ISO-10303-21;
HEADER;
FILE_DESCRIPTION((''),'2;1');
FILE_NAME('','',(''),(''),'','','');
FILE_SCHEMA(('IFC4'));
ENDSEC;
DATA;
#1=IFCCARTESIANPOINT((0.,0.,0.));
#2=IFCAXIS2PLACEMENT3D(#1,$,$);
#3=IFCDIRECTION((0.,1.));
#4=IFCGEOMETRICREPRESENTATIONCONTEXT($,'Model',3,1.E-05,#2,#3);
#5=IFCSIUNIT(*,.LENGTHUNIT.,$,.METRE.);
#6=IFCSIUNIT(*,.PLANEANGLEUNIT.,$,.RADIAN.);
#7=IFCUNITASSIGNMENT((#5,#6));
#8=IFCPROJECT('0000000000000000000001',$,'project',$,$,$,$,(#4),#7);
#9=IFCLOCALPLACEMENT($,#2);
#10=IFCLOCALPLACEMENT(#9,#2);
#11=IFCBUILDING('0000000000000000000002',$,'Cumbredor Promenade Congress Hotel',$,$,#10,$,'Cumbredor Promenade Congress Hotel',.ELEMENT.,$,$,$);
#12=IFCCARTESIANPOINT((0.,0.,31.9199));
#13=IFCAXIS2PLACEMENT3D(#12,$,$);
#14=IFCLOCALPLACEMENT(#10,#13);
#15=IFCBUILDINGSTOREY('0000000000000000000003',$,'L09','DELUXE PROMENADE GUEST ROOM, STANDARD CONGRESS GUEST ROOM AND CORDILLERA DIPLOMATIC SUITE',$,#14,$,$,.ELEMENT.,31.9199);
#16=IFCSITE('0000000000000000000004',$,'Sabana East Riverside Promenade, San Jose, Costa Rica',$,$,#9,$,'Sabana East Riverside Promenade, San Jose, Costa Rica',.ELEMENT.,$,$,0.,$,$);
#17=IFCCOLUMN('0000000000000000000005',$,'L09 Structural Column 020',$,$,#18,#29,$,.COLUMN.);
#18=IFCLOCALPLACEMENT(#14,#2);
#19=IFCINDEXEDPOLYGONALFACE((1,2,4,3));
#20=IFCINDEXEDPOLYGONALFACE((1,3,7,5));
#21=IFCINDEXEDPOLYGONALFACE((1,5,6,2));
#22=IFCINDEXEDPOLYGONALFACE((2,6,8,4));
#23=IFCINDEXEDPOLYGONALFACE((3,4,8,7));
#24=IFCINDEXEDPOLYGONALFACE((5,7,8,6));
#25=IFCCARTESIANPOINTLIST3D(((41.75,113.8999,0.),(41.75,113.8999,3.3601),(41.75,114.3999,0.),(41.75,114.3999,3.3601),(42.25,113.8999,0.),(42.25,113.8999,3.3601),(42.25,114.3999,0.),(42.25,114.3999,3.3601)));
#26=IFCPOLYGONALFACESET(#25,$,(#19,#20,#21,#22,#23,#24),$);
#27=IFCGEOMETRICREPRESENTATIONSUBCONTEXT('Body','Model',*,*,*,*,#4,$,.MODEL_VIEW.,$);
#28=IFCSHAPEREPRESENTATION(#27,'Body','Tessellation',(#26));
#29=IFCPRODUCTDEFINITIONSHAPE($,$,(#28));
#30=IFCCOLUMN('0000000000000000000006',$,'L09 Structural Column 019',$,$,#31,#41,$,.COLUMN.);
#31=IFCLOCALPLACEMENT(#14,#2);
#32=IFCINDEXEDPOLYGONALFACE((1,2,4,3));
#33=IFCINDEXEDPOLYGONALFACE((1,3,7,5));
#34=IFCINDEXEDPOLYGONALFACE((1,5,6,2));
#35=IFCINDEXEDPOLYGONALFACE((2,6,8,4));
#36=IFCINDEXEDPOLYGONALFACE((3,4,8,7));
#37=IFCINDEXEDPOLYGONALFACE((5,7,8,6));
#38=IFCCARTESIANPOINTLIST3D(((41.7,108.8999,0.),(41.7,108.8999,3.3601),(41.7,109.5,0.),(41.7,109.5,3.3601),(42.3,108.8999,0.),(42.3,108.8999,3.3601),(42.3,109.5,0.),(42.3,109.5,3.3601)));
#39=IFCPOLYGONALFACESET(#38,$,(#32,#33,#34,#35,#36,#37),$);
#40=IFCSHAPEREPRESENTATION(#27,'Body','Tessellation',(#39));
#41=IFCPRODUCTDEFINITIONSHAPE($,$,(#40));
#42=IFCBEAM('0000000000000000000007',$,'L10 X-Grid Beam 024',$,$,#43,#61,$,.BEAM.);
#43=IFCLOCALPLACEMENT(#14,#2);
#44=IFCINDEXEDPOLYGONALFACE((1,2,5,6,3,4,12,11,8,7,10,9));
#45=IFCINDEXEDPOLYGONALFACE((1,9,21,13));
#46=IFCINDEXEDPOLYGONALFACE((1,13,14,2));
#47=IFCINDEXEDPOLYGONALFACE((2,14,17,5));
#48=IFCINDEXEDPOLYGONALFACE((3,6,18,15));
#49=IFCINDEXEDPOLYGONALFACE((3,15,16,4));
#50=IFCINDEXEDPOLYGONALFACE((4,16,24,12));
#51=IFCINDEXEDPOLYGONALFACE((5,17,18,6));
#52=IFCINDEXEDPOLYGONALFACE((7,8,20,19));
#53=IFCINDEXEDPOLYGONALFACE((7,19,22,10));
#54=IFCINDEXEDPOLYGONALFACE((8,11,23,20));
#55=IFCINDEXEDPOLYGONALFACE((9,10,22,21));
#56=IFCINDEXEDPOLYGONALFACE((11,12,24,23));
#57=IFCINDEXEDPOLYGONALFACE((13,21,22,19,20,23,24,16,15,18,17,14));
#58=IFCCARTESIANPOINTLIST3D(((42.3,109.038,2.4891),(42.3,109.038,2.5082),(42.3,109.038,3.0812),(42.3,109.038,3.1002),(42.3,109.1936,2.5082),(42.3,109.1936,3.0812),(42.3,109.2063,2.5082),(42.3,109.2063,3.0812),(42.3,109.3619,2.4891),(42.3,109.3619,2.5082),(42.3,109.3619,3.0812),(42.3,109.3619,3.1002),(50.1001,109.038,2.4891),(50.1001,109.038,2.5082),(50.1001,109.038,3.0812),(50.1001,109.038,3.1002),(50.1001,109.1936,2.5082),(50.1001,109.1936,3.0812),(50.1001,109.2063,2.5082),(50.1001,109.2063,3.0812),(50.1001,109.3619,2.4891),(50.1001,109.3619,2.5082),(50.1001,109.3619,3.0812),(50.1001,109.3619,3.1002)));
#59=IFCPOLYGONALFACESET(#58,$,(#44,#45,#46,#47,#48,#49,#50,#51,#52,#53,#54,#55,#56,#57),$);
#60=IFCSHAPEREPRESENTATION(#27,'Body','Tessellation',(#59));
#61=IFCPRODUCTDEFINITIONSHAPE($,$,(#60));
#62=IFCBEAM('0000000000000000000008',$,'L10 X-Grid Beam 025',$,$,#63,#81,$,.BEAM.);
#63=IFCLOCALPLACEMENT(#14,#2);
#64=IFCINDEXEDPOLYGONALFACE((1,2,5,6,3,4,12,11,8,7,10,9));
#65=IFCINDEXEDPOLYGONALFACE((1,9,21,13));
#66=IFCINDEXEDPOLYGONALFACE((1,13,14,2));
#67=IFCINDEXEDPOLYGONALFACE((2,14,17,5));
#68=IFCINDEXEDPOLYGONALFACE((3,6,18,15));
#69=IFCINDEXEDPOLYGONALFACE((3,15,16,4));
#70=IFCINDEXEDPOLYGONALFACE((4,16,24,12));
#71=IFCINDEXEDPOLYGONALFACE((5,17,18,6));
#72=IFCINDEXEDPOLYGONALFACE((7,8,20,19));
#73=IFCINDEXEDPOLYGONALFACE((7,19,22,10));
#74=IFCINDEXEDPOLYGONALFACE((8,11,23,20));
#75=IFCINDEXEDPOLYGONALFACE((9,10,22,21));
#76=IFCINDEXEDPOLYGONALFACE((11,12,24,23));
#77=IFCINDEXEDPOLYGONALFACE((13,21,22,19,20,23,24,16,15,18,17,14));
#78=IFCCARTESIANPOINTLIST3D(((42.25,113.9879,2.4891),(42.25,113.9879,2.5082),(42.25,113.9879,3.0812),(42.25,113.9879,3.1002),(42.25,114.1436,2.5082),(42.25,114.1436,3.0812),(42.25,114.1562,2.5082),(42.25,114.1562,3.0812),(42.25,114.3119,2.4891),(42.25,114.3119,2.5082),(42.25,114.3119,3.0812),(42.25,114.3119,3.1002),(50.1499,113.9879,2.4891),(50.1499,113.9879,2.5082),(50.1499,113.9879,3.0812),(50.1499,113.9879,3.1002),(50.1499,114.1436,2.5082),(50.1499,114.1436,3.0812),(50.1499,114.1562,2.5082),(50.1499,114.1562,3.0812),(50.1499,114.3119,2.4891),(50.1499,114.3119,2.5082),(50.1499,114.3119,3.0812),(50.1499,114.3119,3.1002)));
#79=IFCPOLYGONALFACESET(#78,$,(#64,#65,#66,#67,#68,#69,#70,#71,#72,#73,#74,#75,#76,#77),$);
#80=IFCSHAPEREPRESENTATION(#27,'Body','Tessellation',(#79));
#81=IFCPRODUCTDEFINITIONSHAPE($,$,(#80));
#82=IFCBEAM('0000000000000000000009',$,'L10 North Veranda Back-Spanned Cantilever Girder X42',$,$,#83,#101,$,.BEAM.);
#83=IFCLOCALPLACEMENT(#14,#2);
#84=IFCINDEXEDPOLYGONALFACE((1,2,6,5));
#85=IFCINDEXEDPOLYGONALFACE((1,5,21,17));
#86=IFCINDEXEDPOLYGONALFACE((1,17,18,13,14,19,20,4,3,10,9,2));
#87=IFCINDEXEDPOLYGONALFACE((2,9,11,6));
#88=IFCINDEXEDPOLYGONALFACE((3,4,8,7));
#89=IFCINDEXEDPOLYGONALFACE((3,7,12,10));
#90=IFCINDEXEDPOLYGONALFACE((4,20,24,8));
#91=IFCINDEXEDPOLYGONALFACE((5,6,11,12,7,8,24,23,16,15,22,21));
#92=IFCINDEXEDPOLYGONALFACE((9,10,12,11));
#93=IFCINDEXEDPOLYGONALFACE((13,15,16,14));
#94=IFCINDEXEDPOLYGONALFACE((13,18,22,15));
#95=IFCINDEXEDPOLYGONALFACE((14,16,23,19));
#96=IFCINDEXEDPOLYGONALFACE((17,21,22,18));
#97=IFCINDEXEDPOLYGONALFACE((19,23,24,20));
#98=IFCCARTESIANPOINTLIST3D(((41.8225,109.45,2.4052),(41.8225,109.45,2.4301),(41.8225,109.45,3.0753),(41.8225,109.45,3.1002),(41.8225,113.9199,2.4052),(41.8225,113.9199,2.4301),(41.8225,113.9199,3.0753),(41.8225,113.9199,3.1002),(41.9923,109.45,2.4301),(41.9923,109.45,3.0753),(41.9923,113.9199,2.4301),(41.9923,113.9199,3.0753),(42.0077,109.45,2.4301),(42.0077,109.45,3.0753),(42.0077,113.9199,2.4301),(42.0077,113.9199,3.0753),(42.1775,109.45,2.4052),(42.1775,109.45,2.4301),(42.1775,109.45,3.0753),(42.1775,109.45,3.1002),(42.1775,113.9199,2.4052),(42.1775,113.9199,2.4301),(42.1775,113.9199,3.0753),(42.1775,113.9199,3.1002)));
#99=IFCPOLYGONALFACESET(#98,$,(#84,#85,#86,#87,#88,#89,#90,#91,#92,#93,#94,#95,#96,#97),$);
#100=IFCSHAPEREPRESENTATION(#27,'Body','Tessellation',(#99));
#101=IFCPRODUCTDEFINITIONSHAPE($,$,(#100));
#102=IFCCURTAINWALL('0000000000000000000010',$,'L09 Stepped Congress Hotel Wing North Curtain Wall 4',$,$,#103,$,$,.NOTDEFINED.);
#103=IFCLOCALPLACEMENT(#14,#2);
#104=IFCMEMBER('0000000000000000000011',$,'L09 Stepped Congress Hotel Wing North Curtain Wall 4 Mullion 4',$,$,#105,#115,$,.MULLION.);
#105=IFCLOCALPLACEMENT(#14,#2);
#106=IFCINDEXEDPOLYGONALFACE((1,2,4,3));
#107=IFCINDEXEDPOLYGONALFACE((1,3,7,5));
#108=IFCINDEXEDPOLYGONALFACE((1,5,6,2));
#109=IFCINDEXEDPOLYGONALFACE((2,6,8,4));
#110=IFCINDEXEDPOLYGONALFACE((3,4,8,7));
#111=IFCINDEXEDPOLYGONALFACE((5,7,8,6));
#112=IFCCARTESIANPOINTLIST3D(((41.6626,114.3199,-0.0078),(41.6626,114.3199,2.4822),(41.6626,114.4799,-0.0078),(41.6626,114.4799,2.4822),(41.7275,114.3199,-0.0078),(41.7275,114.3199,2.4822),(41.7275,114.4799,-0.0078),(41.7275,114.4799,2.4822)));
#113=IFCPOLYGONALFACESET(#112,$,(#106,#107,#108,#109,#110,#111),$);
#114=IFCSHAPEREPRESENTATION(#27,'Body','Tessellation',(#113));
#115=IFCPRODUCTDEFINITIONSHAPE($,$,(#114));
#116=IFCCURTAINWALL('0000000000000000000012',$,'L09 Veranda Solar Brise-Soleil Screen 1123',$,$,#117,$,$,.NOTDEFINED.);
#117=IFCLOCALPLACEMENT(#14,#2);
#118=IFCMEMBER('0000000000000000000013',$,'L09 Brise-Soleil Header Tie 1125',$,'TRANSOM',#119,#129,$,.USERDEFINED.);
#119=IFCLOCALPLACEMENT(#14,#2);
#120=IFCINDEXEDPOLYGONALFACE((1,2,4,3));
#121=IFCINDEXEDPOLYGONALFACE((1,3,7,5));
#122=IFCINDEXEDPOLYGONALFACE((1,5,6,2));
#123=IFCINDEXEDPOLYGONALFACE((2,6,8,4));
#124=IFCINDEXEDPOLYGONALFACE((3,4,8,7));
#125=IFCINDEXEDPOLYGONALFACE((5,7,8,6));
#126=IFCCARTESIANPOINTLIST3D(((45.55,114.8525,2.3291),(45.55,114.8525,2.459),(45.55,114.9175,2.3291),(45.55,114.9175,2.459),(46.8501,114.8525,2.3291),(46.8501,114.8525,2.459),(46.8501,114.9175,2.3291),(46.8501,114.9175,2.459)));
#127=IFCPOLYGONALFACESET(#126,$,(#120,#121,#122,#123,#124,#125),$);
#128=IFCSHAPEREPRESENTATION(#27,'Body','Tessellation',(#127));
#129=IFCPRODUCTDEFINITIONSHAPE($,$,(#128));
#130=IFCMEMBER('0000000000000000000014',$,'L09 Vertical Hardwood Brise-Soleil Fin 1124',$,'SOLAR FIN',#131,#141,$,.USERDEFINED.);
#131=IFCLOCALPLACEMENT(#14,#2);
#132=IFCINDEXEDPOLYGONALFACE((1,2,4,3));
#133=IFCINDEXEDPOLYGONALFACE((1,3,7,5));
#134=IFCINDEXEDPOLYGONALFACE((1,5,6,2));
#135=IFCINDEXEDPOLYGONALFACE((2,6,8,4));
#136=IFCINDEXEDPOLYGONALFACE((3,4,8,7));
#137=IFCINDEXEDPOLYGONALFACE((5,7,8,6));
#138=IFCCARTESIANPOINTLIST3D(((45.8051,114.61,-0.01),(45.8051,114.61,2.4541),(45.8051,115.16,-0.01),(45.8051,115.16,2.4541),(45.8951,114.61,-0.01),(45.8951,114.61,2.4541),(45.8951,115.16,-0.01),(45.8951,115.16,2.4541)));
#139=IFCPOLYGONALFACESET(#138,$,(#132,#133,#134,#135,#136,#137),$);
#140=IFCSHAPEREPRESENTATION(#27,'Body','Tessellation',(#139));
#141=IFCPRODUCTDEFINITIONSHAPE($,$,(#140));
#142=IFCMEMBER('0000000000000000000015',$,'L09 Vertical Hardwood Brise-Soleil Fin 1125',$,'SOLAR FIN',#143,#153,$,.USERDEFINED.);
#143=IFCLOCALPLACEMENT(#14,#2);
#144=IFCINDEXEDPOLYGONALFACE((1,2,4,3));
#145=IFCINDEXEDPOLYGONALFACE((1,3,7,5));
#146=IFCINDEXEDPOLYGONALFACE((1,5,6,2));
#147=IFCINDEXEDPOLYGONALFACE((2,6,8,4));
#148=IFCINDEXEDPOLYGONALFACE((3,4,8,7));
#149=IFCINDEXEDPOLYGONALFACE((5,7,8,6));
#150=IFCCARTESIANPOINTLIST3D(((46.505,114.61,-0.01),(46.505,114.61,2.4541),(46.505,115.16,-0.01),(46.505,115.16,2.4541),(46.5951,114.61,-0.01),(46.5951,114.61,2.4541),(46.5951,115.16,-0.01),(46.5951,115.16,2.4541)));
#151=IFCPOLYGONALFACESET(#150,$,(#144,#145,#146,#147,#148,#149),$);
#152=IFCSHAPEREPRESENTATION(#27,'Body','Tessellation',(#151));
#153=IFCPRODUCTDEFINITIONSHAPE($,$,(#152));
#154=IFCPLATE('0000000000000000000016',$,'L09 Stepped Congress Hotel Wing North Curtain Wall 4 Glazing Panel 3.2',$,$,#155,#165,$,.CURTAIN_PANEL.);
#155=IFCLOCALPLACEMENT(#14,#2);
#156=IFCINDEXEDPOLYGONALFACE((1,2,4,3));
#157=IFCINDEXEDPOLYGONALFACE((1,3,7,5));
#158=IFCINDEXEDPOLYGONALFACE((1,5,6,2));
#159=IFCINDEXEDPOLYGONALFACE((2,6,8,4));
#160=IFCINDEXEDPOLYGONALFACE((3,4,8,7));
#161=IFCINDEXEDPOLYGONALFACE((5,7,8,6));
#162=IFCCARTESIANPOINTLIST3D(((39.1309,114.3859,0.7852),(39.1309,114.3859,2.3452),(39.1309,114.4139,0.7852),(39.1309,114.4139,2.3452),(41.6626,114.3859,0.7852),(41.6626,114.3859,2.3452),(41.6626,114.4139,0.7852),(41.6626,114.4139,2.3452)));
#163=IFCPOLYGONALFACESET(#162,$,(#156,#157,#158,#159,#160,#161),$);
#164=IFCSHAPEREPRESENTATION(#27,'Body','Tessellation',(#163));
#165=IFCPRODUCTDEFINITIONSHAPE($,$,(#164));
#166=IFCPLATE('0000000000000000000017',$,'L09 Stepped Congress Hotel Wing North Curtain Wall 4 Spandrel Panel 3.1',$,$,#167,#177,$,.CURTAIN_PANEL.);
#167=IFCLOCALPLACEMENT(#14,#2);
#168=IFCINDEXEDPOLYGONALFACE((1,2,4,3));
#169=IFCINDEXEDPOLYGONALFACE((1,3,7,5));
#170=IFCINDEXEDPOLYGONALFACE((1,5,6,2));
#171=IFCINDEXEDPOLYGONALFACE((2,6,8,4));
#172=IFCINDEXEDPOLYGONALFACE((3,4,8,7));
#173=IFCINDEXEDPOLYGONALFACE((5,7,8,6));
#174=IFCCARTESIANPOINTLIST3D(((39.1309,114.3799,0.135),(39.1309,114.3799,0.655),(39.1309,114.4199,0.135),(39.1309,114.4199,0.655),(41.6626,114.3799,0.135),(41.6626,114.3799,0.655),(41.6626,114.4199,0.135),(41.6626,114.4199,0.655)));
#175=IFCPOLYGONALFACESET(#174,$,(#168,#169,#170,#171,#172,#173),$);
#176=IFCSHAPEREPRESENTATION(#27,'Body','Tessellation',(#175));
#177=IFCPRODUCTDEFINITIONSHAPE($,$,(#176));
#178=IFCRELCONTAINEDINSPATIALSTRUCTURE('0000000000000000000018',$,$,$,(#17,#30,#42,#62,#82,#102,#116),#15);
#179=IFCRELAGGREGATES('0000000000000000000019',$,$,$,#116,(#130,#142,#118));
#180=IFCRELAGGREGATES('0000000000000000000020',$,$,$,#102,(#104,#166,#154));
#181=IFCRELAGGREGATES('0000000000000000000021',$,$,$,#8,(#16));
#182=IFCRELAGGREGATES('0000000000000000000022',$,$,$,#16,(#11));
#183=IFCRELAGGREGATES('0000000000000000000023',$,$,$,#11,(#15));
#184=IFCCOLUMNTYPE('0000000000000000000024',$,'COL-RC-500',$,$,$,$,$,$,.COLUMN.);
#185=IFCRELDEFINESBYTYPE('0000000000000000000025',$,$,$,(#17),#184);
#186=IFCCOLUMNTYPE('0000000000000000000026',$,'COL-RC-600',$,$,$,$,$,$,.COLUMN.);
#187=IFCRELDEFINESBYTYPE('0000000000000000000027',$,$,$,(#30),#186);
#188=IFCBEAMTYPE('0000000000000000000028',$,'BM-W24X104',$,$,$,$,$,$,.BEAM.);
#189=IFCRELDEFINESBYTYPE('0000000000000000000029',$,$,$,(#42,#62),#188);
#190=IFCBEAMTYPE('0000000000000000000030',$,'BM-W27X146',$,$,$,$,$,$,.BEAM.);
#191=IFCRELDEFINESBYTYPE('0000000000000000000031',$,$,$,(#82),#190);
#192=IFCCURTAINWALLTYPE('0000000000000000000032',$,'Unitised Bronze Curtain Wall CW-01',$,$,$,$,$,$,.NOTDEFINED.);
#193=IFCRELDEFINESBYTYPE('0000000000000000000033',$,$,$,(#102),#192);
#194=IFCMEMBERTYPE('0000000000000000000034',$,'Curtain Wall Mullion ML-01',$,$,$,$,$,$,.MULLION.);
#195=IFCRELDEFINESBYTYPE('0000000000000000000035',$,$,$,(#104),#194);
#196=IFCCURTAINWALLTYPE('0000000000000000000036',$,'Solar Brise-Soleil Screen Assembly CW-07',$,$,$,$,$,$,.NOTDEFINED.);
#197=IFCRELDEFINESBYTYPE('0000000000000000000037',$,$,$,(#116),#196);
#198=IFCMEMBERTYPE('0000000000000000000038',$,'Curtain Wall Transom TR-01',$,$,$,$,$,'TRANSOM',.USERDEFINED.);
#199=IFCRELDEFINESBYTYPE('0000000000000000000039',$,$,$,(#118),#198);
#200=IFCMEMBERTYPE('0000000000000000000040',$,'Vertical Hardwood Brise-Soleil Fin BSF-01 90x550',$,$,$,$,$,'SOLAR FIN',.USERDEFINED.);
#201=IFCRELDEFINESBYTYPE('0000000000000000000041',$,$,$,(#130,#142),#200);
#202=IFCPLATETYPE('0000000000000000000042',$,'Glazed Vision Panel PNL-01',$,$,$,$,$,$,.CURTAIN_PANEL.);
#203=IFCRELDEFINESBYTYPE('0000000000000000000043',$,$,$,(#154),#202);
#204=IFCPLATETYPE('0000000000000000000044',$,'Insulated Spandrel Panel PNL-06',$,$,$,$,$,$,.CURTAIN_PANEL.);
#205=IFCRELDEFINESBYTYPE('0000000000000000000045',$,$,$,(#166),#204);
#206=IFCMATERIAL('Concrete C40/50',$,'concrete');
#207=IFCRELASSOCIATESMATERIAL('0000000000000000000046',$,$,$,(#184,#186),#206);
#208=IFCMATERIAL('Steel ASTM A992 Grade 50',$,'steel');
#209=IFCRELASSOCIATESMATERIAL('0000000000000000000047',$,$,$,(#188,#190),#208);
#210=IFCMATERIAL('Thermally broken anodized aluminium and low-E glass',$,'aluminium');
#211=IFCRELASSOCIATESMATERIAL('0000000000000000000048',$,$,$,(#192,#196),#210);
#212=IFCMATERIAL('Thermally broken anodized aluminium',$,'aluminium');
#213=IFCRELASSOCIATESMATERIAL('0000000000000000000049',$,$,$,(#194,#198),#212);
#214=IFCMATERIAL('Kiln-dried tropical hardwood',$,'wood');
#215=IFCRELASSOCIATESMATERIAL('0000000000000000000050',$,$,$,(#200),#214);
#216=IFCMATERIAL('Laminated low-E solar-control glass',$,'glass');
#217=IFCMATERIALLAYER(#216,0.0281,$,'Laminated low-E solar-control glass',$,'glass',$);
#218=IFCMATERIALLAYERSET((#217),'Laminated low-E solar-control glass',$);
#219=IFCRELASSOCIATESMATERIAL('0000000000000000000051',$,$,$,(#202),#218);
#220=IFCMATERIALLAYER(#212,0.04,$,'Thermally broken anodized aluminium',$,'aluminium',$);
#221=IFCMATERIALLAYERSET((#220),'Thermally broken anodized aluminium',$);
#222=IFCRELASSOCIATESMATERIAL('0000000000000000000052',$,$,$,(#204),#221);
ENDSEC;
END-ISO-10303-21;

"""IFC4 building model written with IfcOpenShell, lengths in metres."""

from ifc_helpers import new_model, si_unit, direction, frame, origin, origin_2d, place, context, subcontext, project, spatial, rectangle, i_section, extrude, material, layer, layer_set, material_profile, profile_set, type_object, element, aggregate, save


model = new_model("IFC4")

# Units and contexts
model_context = context("Model", 3, precision=1e-05, world=origin(), true_north=direction((0.0, 1.0)))
body_context = subcontext(model_context, "Body", "Model", "MODEL_VIEW")
ifc_project = project(units=[si_unit("LENGTHUNIT", "METRE"), si_unit("PLANEANGLEUNIT", "RADIAN")], contexts=[model_context])

# Site, building, storey
site_placement = place(None, origin())
site = spatial("IfcSite", under=ifc_project, at=site_placement, Name="Sabana East Riverside Promenade, San Jose, Costa Rica", LongName="Sabana East Riverside Promenade, San Jose, Costa Rica", CompositionType="ELEMENT", RefElevation=0.0)
building_placement = place(site_placement, origin())
building = spatial("IfcBuilding", under=site, at=building_placement, Name="Cumbredor Promenade Congress Hotel", LongName="Cumbredor Promenade Congress Hotel", CompositionType="ELEMENT")
storey_placement = place(building_placement, frame((0.0, 0.0, 31.9199)))
storey = spatial("IfcBuildingStorey", under=building, at=storey_placement, Name="L09", Description="DELUXE PROMENADE GUEST ROOM, STANDARD CONGRESS GUEST ROOM AND CORDILLERA DIPLOMATIC SUITE", CompositionType="ELEMENT", Elevation=31.9199)

# Columns
ifc_material_1 = material(Name="Concrete C40/50", Category="concrete")
ifc_material_profile_1 = material_profile(ifc_material_1, rectangle(XDim=0.5, YDim=0.5, at=origin_2d()), Name="RC 500x500")
ifc_profile_set_1 = profile_set([ifc_material_profile_1], Name="Concrete C40/50")
column_type_1 = type_object("IfcColumnType", Name="COL-RC-500", PredefinedType="COLUMN", material=ifc_profile_set_1)
column_1_placement = place(storey_placement, frame((42.0, 114.1499, 0.0), z_axis=(0.0, 0.0, 1.0), x_axis=(1.0, 0.0, 0.0)))
element("IfcColumn", 1, at=column_1_placement, inside=storey, type_object=column_type_1, Name="L09 Structural Column 020", PredefinedType="COLUMN", context=body_context, shape_type="SweptSolid", body=[
    extrude(rectangle(XDim=0.5, YDim=0.5, at=origin_2d()), origin(), (0.0, 0.0, 1.0), 3.3601),
])
ifc_material_profile_2 = material_profile(ifc_material_1, rectangle(XDim=0.6001, YDim=0.6001, at=origin_2d()), Name="RC 600x600")
ifc_profile_set_2 = profile_set([ifc_material_profile_2], Name="Concrete C40/50")
column_type_2 = type_object("IfcColumnType", Name="COL-RC-600", PredefinedType="COLUMN", material=ifc_profile_set_2)
column_2_placement = place(storey_placement, frame((42.0, 109.2, 0.0), z_axis=(0.0, 0.0, 1.0), x_axis=(1.0, 0.0, 0.0)))
element("IfcColumn", 2, at=column_2_placement, inside=storey, type_object=column_type_2, Name="L09 Structural Column 019", PredefinedType="COLUMN", context=body_context, shape_type="SweptSolid", body=[
    extrude(rectangle(XDim=0.6001, YDim=0.6001, at=origin_2d()), origin(), (0.0, 0.0, 1.0), 3.3601),
])

# Beams
ifc_material_2 = material(Name="Steel ASTM A992 Grade 50", Category="steel")
ifc_material_profile_3 = material_profile(ifc_material_2, i_section(OverallWidth=0.324, OverallDepth=0.6111, WebThickness=0.0127, FlangeThickness=0.019, at=origin_2d()), Name="W24X104")
ifc_profile_set_3 = profile_set([ifc_material_profile_3], Name="Steel ASTM A992 Grade 50")
beam_type_1 = type_object("IfcBeamType", Name="BM-W24X104", PredefinedType="BEAM", material=ifc_profile_set_3)
beam_1_placement = place(storey_placement, frame((42.3, 109.2, 2.7947), z_axis=(1.0, 0.0, 0.0), x_axis=(0.0, 1.0, 0.0)))
element("IfcBeam", 3, at=beam_1_placement, inside=storey, type_object=beam_type_1, Name="L10 X-Grid Beam 024", PredefinedType="BEAM", context=body_context, shape_type="SweptSolid", body=[
    extrude(i_section(OverallWidth=0.324, OverallDepth=0.6111, WebThickness=0.0127, FlangeThickness=0.019, at=origin_2d()), origin(), (0.0, 0.0, 1.0), 7.8),
])
beam_2_placement = place(storey_placement, frame((42.25, 114.1499, 2.7947), z_axis=(1.0, 0.0, 0.0), x_axis=(0.0, 1.0, 0.0)))
element("IfcBeam", 4, at=beam_2_placement, inside=storey, type_object=beam_type_1, Name="L10 X-Grid Beam 025", PredefinedType="BEAM", context=body_context, shape_type="SweptSolid", body=[
    extrude(i_section(OverallWidth=0.324, OverallDepth=0.6111, WebThickness=0.0127, FlangeThickness=0.019, at=origin_2d()), origin(), (0.0, 0.0, 1.0), 7.8999),
])
ifc_material_profile_4 = material_profile(ifc_material_2, i_section(OverallWidth=0.355, OverallDepth=0.6951, WebThickness=0.0154, FlangeThickness=0.0249, at=origin_2d()), Name="W27X146")
ifc_profile_set_4 = profile_set([ifc_material_profile_4], Name="Steel ASTM A992 Grade 50")
beam_type_2 = type_object("IfcBeamType", Name="BM-W27X146", PredefinedType="BEAM", material=ifc_profile_set_4)
beam_3_placement = place(storey_placement, frame((42.0, 109.45, 2.7527), z_axis=(0.0, 1.0, 0.0), x_axis=(-1.0, 0.0, 0.0)))
element("IfcBeam", 5, at=beam_3_placement, inside=storey, type_object=beam_type_2, Name="L10 North Veranda Back-Spanned Cantilever Girder X42", PredefinedType="BEAM", context=body_context, shape_type="SweptSolid", body=[
    extrude(i_section(OverallWidth=0.355, OverallDepth=0.6951, WebThickness=0.0154, FlangeThickness=0.0249, at=origin_2d()), origin(), (0.0, 0.0, 1.0), 4.47),
])

# Curtain wall, member
ifc_material_3 = material(Name="Thermally broken anodized aluminium and low-E glass", Category="aluminium")
curtain_wall_type_1 = type_object("IfcCurtainWallType", Name="Unitised Bronze Curtain Wall CW-01", PredefinedType="NOTDEFINED", material=ifc_material_3)
curtain_wall_1_placement = place(storey_placement, origin())
curtain_wall_1 = element("IfcCurtainWall", 6, at=curtain_wall_1_placement, inside=storey, type_object=curtain_wall_type_1, Name="L09 Stepped Congress Hotel Wing North Curtain Wall 4", PredefinedType="NOTDEFINED")
ifc_material_4 = material(Name="Thermally broken anodized aluminium", Category="aluminium")
ifc_material_profile_5 = material_profile(ifc_material_4, rectangle(XDim=0.0649, YDim=0.1599, at=origin_2d()), Name="ALU MULLION 65x160")
ifc_profile_set_5 = profile_set([ifc_material_profile_5], Name="Thermally broken anodized aluminium")
member_type_1 = type_object("IfcMemberType", Name="Curtain Wall Mullion ML-01", PredefinedType="MULLION", material=ifc_profile_set_5)
member_1_placement = place(storey_placement, frame((41.6951, 114.3999, -0.0078), z_axis=(0.0, 0.0, 1.0), x_axis=(1.0, 0.0, 0.0)))
member_1 = element("IfcMember", 7, at=member_1_placement, type_object=member_type_1, Name="L09 Stepped Congress Hotel Wing North Curtain Wall 4 Mullion 4", PredefinedType="MULLION", context=body_context, shape_type="SweptSolid", body=[
    extrude(rectangle(XDim=0.0649, YDim=0.1599, at=origin_2d()), origin(), (0.0, 0.0, 1.0), 2.49),
])

# Curtain wall, members
curtain_wall_type_2 = type_object("IfcCurtainWallType", Name="Solar Brise-Soleil Screen Assembly CW-07", PredefinedType="NOTDEFINED", material=ifc_material_3)
curtain_wall_2_placement = place(storey_placement, origin())
curtain_wall_2 = element("IfcCurtainWall", 8, at=curtain_wall_2_placement, inside=storey, type_object=curtain_wall_type_2, Name="L09 Veranda Solar Brise-Soleil Screen 1123", PredefinedType="NOTDEFINED")
ifc_material_profile_6 = material_profile(ifc_material_4, rectangle(XDim=0.0649, YDim=0.1299, at=origin_2d()), Name="ALU TRANSOM 65x130")
ifc_profile_set_6 = profile_set([ifc_material_profile_6], Name="Thermally broken anodized aluminium")
member_type_2 = type_object("IfcMemberType", Name="Curtain Wall Transom TR-01", ElementType="TRANSOM", PredefinedType="USERDEFINED", material=ifc_profile_set_6)
member_2_placement = place(storey_placement, frame((45.55, 114.885, 2.394), z_axis=(1.0, 0.0, 0.0), x_axis=(0.0, 1.0, 0.0)))
member_2 = element("IfcMember", 9, at=member_2_placement, type_object=member_type_2, Name="L09 Brise-Soleil Header Tie 1125", ObjectType="TRANSOM", PredefinedType="USERDEFINED", context=body_context, shape_type="SweptSolid", body=[
    extrude(rectangle(XDim=0.0649, YDim=0.1299, at=origin_2d()), origin(), (0.0, 0.0, 1.0), 1.3),
])
ifc_material_5 = material(Name="Kiln-dried tropical hardwood", Category="wood")
ifc_material_profile_7 = material_profile(ifc_material_5, rectangle(XDim=0.0901, YDim=0.55, at=origin_2d()), Name="ARCH FIN 90x550")
ifc_profile_set_7 = profile_set([ifc_material_profile_7], Name="Kiln-dried tropical hardwood")
member_type_3 = type_object("IfcMemberType", Name="Vertical Hardwood Brise-Soleil Fin BSF-01 90x550", ElementType="SOLAR FIN", PredefinedType="USERDEFINED", material=ifc_profile_set_7)
member_3_placement = place(storey_placement, frame((45.8501, 114.885, -0.01), z_axis=(0.0, 0.0, 1.0), x_axis=(1.0, 0.0, 0.0)))
member_3 = element("IfcMember", 10, at=member_3_placement, type_object=member_type_3, Name="L09 Vertical Hardwood Brise-Soleil Fin 1124", ObjectType="SOLAR FIN", PredefinedType="USERDEFINED", context=body_context, shape_type="SweptSolid", body=[
    extrude(rectangle(XDim=0.0901, YDim=0.55, at=origin_2d()), origin(), (0.0, 0.0, 1.0), 2.4641),
])
member_4_placement = place(storey_placement, frame((46.55, 114.885, -0.01), z_axis=(0.0, 0.0, 1.0), x_axis=(1.0, 0.0, 0.0)))
member_4 = element("IfcMember", 11, at=member_4_placement, type_object=member_type_3, Name="L09 Vertical Hardwood Brise-Soleil Fin 1125", ObjectType="SOLAR FIN", PredefinedType="USERDEFINED", context=body_context, shape_type="SweptSolid", body=[
    extrude(rectangle(XDim=0.0901, YDim=0.55, at=origin_2d()), origin(), (0.0, 0.0, 1.0), 2.4641),
])
aggregate(curtain_wall_2, [member_3, member_4, member_2])

# Plates
ifc_material_6 = material(Name="Laminated low-E solar-control glass", Category="glass")
ifc_layer_1 = layer(ifc_material_6, 0.0281, Name="Laminated low-E solar-control glass", Category="glass")
ifc_layer_set_1 = layer_set([ifc_layer_1], Name="Laminated low-E solar-control glass")
plate_type_1 = type_object("IfcPlateType", Name="Glazed Vision Panel PNL-01", PredefinedType="CURTAIN_PANEL", material=ifc_layer_set_1)
plate_1_placement = place(storey_placement, frame((40.3967, 114.3999, 0.7852), z_axis=(0.0, 0.0, 1.0), x_axis=(1.0, 0.0, 0.0)))
plate_1 = element("IfcPlate", 12, at=plate_1_placement, type_object=plate_type_1, Name="L09 Stepped Congress Hotel Wing North Curtain Wall 4 Glazing Panel 3.2", PredefinedType="CURTAIN_PANEL", context=body_context, shape_type="SweptSolid", body=[
    extrude(rectangle(XDim=2.5317, YDim=0.0281, at=origin_2d()), origin(), (0.0, 0.0, 1.0), 1.5601),
])
ifc_layer_2 = layer(ifc_material_4, 0.04, Name="Thermally broken anodized aluminium", Category="aluminium")
ifc_layer_set_2 = layer_set([ifc_layer_2], Name="Thermally broken anodized aluminium")
plate_type_2 = type_object("IfcPlateType", Name="Insulated Spandrel Panel PNL-06", PredefinedType="CURTAIN_PANEL", material=ifc_layer_set_2)
plate_2_placement = place(storey_placement, frame((40.3967, 114.3999, 0.135), z_axis=(0.0, 0.0, 1.0), x_axis=(1.0, 0.0, 0.0)))
plate_2 = element("IfcPlate", 13, at=plate_2_placement, type_object=plate_type_2, Name="L09 Stepped Congress Hotel Wing North Curtain Wall 4 Spandrel Panel 3.1", PredefinedType="CURTAIN_PANEL", context=body_context, shape_type="SweptSolid", body=[
    extrude(rectangle(XDim=2.5317, YDim=0.04, at=origin_2d()), origin(), (0.0, 0.0, 1.0), 0.52),
])
aggregate(curtain_wall_1, [member_1, plate_2, plate_1])

save(model, "model.ifc")
